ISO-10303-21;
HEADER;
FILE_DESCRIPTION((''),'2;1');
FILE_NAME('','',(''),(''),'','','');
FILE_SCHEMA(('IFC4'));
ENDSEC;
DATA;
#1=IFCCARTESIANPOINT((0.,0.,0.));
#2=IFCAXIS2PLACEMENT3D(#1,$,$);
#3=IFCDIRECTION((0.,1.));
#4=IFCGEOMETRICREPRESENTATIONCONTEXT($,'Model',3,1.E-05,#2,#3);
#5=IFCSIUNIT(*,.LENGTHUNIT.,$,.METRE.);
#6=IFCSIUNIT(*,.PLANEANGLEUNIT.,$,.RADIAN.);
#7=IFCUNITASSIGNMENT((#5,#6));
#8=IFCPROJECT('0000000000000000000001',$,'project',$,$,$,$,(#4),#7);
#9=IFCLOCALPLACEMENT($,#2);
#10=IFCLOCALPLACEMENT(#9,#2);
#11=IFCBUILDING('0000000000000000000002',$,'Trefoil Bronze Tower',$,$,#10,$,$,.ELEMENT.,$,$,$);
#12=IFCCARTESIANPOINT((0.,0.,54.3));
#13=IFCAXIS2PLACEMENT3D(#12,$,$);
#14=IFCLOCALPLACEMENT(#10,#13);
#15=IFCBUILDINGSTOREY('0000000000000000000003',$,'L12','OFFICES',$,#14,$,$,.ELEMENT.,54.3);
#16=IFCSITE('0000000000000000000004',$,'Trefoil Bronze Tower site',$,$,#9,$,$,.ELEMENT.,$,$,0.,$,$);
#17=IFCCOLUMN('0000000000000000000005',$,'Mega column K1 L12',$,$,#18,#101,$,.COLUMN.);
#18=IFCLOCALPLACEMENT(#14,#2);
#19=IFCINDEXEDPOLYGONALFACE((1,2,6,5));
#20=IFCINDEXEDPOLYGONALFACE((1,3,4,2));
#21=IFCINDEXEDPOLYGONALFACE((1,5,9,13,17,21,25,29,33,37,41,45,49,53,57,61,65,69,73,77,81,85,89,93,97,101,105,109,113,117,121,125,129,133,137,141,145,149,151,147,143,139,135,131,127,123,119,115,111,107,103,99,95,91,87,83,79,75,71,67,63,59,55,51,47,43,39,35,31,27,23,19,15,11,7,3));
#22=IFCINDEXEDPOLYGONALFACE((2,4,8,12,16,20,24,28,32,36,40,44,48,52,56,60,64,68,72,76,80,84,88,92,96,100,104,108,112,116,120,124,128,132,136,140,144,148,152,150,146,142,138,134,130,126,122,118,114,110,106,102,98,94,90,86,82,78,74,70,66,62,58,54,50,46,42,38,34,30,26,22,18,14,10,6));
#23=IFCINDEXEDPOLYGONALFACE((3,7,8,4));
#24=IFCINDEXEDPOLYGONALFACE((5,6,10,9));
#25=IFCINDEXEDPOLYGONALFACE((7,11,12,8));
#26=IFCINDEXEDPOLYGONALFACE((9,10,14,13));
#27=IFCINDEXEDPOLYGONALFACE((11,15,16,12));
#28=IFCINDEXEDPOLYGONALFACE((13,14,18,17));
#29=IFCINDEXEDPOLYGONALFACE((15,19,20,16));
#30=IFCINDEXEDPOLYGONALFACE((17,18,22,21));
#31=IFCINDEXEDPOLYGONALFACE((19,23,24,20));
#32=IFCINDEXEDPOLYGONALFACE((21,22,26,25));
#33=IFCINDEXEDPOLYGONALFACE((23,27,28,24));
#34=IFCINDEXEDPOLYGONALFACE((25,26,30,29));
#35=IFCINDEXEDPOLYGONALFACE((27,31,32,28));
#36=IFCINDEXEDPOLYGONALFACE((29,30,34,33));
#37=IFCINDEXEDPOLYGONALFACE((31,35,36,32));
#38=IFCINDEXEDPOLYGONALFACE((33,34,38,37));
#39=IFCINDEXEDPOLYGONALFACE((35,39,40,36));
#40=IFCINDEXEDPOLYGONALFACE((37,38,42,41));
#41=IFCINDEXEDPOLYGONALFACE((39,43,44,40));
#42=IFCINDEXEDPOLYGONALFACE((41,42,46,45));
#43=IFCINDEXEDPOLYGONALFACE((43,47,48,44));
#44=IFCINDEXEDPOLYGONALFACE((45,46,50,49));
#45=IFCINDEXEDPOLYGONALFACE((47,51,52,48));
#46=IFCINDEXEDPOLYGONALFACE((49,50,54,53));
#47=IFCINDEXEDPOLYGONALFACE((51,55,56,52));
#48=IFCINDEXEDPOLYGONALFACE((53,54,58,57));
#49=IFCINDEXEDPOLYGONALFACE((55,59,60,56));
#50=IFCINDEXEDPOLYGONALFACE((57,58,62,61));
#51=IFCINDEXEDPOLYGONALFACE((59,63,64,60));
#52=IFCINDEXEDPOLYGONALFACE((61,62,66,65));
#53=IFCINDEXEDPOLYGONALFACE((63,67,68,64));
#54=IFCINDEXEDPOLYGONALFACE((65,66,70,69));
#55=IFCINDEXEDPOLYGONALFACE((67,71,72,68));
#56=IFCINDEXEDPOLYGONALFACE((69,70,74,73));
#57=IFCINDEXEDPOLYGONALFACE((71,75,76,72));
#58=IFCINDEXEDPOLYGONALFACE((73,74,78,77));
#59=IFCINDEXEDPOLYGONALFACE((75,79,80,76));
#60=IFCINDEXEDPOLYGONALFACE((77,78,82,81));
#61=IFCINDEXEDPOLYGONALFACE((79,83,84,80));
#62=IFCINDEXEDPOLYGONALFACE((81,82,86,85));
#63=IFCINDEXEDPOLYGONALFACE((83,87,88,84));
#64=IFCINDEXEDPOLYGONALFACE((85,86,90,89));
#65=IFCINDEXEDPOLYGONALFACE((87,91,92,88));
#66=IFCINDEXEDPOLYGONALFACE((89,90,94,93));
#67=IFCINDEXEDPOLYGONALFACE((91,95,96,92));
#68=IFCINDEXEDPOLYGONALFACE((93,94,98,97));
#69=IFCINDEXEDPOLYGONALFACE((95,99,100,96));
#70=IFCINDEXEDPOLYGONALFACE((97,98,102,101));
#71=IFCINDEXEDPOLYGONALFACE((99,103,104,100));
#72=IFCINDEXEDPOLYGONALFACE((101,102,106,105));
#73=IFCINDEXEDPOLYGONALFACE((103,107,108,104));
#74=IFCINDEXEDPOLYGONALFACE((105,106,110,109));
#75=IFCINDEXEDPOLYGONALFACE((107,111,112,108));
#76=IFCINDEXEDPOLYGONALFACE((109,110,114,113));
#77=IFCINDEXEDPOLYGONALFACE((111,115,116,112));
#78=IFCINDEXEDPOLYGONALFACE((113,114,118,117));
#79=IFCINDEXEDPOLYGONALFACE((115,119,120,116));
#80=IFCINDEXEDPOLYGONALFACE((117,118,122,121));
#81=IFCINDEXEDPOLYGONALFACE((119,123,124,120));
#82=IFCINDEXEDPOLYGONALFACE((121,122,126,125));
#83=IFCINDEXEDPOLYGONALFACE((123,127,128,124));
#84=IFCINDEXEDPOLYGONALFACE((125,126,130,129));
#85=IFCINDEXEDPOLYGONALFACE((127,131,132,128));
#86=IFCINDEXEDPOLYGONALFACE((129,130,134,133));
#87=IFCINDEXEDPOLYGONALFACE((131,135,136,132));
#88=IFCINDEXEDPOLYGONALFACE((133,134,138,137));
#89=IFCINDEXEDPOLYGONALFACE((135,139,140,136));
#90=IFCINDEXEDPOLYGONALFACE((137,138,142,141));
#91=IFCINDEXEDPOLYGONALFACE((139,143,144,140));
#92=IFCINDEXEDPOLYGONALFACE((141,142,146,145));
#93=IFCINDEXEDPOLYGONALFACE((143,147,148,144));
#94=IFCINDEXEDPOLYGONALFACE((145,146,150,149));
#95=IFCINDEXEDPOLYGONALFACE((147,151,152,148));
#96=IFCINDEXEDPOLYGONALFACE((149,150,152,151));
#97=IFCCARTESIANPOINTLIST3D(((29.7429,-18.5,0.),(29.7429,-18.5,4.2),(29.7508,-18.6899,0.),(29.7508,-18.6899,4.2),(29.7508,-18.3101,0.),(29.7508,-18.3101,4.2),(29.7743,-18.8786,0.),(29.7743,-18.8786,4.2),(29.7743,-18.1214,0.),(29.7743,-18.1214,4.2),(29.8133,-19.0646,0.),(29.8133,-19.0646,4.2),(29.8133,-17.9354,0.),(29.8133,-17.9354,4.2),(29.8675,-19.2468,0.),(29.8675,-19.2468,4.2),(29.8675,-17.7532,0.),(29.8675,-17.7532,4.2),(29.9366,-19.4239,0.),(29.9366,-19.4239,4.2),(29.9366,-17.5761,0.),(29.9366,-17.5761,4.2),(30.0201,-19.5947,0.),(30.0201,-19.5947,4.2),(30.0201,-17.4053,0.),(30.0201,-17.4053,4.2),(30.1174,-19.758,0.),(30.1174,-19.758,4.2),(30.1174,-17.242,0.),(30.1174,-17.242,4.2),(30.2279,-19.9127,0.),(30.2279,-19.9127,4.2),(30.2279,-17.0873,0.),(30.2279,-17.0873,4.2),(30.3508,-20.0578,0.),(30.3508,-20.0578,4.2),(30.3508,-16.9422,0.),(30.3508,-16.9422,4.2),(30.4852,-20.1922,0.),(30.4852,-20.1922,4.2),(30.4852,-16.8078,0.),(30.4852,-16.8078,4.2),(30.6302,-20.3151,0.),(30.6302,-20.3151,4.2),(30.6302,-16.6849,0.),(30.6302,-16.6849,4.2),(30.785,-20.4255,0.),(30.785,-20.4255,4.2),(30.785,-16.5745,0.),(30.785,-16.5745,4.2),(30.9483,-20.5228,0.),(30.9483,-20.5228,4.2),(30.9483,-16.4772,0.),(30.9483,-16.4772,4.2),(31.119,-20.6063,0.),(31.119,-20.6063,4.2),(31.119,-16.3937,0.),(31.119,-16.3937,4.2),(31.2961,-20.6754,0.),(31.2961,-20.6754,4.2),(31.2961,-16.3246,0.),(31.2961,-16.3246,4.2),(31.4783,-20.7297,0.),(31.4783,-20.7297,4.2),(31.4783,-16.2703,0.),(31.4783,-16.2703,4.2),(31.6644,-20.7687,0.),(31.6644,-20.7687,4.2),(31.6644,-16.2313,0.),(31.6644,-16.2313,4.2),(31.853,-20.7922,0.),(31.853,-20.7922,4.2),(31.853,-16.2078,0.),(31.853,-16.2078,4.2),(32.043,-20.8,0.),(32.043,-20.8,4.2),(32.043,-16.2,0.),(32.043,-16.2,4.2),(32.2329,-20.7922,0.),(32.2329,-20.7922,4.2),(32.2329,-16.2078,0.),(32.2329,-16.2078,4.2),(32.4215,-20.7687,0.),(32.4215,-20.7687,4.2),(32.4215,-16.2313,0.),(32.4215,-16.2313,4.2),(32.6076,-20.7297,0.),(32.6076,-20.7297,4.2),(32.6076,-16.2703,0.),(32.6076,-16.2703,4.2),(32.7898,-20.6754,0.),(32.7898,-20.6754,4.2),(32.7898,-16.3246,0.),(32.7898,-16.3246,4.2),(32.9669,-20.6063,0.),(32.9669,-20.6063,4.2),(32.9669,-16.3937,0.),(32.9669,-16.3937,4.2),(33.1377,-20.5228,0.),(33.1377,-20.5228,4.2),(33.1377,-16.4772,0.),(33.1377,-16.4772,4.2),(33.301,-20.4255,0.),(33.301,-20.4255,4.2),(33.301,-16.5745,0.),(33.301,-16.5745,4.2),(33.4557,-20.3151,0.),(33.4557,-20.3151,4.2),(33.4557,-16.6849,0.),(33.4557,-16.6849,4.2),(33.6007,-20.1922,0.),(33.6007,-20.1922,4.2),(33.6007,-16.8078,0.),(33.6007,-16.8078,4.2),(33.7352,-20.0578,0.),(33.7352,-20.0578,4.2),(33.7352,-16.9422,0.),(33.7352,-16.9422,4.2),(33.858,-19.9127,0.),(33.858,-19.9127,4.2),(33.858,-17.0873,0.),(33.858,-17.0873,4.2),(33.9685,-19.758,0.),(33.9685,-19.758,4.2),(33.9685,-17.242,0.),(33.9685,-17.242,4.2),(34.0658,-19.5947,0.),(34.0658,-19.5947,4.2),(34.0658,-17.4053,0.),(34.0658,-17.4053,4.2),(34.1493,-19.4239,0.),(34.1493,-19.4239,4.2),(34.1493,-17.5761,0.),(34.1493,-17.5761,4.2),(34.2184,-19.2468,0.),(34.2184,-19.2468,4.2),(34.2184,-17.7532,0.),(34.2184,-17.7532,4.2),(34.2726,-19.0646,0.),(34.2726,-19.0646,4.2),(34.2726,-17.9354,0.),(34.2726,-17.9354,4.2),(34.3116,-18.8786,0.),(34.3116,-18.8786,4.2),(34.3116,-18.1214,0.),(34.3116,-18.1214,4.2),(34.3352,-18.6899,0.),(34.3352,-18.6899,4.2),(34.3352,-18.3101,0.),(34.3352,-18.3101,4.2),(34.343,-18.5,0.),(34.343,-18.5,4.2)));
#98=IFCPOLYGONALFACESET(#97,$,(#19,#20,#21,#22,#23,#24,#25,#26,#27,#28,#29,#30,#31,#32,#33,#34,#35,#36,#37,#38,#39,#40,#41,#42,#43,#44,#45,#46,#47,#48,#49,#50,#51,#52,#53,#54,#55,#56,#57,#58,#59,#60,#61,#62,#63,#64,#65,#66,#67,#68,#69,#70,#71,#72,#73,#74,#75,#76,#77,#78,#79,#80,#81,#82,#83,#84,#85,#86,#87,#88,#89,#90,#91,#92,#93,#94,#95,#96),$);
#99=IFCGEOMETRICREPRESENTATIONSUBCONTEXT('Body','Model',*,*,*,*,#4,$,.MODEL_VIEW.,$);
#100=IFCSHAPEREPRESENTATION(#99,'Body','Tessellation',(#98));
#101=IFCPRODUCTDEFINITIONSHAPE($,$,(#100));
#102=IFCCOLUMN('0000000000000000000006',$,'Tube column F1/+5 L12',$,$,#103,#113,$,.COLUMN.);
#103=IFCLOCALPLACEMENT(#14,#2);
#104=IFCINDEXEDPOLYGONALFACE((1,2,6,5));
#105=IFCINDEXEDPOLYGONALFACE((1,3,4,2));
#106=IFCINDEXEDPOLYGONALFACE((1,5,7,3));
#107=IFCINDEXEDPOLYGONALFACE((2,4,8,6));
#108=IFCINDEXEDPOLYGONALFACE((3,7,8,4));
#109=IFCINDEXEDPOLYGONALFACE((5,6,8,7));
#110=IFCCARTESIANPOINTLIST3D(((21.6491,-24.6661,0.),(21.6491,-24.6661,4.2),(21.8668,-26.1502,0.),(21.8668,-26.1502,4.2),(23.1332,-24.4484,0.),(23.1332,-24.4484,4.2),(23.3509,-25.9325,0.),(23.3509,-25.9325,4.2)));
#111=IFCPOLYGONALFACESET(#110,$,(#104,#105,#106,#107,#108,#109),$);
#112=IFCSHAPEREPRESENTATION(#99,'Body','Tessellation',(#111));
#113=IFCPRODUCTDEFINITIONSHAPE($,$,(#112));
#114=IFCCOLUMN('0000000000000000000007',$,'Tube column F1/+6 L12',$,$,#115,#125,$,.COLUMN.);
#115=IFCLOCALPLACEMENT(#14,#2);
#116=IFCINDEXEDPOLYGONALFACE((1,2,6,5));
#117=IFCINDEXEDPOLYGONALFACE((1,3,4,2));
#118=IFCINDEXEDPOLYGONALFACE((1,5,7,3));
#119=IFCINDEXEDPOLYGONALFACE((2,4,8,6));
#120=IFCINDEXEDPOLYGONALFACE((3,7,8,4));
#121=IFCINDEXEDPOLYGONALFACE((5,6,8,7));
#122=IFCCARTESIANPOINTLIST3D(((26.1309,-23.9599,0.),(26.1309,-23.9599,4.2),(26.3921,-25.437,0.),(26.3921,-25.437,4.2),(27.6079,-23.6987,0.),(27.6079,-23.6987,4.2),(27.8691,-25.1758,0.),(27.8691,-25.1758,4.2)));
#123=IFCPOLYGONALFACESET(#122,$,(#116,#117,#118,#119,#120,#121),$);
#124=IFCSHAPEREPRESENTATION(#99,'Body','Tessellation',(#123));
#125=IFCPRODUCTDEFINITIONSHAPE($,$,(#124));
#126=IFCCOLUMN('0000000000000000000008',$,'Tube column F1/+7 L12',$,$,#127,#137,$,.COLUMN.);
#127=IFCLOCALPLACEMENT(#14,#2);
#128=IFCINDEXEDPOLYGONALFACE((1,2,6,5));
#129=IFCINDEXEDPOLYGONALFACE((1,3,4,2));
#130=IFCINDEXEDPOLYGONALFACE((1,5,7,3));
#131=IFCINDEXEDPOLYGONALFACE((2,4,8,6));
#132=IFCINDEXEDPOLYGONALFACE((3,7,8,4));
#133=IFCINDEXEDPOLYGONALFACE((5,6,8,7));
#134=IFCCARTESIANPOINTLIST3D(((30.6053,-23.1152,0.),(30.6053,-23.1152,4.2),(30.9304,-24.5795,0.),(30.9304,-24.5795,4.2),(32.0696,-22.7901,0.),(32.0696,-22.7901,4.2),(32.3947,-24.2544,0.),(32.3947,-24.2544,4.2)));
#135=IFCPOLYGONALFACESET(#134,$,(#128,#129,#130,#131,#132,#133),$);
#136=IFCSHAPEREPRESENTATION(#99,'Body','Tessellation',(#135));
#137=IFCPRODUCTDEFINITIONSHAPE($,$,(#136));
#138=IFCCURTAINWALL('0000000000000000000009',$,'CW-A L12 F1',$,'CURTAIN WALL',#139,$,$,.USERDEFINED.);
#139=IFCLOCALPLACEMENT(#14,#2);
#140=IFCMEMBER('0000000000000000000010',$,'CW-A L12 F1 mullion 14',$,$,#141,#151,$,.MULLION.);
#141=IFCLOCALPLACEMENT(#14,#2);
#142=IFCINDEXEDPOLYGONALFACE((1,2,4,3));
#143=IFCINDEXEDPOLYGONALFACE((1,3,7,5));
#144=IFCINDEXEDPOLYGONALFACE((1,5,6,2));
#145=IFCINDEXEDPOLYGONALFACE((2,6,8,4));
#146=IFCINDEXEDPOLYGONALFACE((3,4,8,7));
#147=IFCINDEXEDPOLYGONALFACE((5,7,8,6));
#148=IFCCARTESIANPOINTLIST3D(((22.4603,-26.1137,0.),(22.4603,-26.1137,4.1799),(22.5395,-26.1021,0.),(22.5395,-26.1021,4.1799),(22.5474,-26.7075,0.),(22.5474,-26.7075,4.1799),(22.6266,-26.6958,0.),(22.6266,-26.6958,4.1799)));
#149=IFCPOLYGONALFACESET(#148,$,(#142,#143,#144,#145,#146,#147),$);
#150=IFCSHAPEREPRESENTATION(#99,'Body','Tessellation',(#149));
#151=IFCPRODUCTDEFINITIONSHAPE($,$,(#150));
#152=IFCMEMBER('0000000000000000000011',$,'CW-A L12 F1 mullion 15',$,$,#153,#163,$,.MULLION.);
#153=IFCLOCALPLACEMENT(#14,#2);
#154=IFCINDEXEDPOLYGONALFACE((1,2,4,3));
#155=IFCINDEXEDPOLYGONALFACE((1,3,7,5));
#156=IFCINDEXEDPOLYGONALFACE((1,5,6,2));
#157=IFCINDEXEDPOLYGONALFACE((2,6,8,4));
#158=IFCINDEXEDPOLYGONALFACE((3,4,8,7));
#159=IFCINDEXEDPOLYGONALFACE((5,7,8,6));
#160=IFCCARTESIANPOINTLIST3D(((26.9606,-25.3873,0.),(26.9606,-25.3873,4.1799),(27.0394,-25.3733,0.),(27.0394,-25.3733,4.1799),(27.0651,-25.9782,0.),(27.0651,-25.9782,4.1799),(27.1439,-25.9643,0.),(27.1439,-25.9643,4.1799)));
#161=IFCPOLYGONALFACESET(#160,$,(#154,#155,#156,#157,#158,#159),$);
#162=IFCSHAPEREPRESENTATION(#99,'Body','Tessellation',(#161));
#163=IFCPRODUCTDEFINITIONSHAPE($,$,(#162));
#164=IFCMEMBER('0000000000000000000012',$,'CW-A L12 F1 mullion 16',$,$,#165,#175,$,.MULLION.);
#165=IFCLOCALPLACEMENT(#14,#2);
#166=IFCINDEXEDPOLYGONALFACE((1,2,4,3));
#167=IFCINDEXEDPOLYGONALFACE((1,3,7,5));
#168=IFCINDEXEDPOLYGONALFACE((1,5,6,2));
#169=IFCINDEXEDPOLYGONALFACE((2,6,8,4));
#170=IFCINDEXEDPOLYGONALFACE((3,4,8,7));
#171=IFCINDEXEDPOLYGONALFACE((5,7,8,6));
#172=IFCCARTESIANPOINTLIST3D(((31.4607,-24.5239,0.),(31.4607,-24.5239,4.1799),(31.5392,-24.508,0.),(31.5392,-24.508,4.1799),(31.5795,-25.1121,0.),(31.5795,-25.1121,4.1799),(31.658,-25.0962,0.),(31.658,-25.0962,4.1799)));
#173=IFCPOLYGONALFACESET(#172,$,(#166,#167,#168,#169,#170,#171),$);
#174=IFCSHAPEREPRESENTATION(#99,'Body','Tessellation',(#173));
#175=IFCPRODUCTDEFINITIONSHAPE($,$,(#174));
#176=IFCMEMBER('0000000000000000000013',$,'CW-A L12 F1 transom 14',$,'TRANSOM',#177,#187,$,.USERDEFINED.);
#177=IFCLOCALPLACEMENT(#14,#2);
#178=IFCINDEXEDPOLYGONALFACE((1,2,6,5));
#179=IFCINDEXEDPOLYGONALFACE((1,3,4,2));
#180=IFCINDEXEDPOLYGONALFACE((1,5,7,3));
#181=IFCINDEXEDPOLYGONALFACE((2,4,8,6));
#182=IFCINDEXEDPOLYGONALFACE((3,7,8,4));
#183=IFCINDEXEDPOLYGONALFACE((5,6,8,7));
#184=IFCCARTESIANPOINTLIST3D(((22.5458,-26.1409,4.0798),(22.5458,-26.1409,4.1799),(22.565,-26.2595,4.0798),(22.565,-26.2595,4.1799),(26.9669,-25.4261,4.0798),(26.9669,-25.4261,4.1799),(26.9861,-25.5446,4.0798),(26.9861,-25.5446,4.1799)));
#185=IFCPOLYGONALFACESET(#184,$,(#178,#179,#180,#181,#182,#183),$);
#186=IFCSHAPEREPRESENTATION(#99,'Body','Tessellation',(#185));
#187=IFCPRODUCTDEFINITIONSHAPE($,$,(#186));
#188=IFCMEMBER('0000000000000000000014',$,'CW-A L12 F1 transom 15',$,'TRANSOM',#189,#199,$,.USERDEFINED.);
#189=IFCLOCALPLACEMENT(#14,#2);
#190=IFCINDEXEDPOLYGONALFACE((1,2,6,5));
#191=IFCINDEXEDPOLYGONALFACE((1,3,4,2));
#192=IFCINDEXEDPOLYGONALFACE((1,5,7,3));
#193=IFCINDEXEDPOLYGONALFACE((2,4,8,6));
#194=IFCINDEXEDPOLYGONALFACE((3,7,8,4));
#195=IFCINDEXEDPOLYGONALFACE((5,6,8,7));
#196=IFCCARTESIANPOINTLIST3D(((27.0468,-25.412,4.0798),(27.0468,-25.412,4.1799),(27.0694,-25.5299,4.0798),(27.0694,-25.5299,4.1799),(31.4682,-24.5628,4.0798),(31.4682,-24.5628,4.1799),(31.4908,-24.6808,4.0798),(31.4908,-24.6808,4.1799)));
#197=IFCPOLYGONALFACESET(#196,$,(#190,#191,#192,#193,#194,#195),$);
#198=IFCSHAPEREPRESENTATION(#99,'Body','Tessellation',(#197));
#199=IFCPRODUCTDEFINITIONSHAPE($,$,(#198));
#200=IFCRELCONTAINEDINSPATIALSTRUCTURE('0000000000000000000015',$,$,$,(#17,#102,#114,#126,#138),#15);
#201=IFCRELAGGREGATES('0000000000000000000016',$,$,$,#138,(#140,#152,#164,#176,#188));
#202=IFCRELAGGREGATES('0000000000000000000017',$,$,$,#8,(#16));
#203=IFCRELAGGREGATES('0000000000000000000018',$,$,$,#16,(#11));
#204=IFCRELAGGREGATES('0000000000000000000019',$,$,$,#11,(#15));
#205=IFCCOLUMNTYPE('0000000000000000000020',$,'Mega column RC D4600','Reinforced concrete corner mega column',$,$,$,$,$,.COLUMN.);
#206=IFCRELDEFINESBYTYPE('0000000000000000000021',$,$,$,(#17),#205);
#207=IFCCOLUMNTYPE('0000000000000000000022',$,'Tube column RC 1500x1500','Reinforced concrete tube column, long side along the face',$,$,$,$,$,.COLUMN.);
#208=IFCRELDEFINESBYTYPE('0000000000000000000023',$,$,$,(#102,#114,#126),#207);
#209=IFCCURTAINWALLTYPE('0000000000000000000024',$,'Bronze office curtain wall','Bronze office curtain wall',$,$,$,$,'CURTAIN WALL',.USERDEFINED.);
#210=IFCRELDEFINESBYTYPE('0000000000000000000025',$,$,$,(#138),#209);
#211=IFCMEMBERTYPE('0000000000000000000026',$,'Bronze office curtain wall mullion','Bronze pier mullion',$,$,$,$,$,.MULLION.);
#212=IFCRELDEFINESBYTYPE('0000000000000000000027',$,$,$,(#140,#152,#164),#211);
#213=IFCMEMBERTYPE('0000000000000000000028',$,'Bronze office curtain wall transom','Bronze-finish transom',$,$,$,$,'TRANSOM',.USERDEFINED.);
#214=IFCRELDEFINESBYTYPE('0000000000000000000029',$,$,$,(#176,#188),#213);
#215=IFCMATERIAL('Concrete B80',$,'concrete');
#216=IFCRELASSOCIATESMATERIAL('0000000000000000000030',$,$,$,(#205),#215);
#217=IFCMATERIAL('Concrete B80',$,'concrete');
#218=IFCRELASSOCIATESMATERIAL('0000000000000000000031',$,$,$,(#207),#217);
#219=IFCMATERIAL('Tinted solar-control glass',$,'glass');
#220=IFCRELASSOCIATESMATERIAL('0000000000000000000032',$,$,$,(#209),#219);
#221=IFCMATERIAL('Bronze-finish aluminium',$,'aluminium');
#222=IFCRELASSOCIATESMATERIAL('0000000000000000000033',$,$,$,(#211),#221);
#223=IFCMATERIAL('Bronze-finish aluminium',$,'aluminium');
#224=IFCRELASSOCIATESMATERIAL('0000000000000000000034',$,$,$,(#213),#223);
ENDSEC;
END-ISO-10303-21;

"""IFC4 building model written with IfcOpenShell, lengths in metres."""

from ifc_helpers import new_model, si_unit, direction, frame, origin, origin_2d, place, context, subcontext, project, spatial, rectangle, circle, extrude, material, material_profile, profile_set, type_object, element, aggregate, save


model = new_model("IFC4")

# Units and contexts
model_context = context("Model", 3, precision=1e-05, world=origin(), true_north=direction((0.0, 1.0)))
body_context = subcontext(model_context, "Body", "Model", "MODEL_VIEW")
ifc_project = project(units=[si_unit("LENGTHUNIT", "METRE"), si_unit("PLANEANGLEUNIT", "RADIAN")], contexts=[model_context])

# Site, building, storey
site_placement = place(None, origin())
site = spatial("IfcSite", under=ifc_project, at=site_placement, Name="Trefoil Bronze Tower site", CompositionType="ELEMENT", RefElevation=0.0)
building_placement = place(site_placement, origin())
building = spatial("IfcBuilding", under=site, at=building_placement, Name="Trefoil Bronze Tower", CompositionType="ELEMENT")
storey_placement = place(building_placement, frame((0.0, 0.0, 54.3)))
storey = spatial("IfcBuildingStorey", under=building, at=storey_placement, Name="L12", Description="OFFICES", CompositionType="ELEMENT", Elevation=54.3)

# Columns
ifc_material_1 = material(Name="Concrete B80", Category="concrete")
ifc_material_profile_1 = material_profile(ifc_material_1, circle(Radius=2.3, at=origin_2d()), Name="RC D4600")
ifc_profile_set_1 = profile_set([ifc_material_profile_1], Name="Concrete B80")
column_type_1 = type_object("IfcColumnType", Name="Mega column RC D4600", Description="Reinforced concrete corner mega column", PredefinedType="COLUMN", material=ifc_profile_set_1)
column_placement = place(storey_placement, frame((32.043, -18.5, 0.0), z_axis=(0.0, 0.0, 1.0), x_axis=(1.0, 0.0, 0.0)))
element("IfcColumn", 1, at=column_placement, inside=storey, type_object=column_type_1, Name="Mega column K1 L12", PredefinedType="COLUMN", context=body_context, shape_type="SweptSolid", body=[
    extrude(circle(Radius=2.3, at=origin_2d()), origin(), (0.0, 0.0, 1.0), 4.2),
])
ifc_material_2 = material(Name="Concrete B80", Category="concrete")
ifc_material_profile_2 = material_profile(ifc_material_2, rectangle(XDim=1.5, YDim=1.5, at=origin_2d()), Name="RC 1500x1500")
ifc_profile_set_2 = profile_set([ifc_material_profile_2], Name="Concrete B80")
column_type_2 = type_object("IfcColumnType", Name="Tube column RC 1500x1500", Description="Reinforced concrete tube column, long side along the face", PredefinedType="COLUMN", material=ifc_profile_set_2)
for number, where, z_axis, x_axis, name in (
    (2, (22.5, -25.2993, 0.0), (0.0, 0.0, 1.0), (0.989416, 0.145109, 0.0), "Tube column F1/+5 L12"),
    (3, (27.0, -24.5679, 0.0), (0.0, 0.0, 1.0), (0.984722, 0.174131, 0.0), "Tube column F1/+6 L12"),
    (4, (31.5, -23.6848, 0.0), (0.0, 0.0, 1.0), (0.97623, 0.216739, 0.0), "Tube column F1/+7 L12"),
):
    element("IfcColumn", number, at=place(storey_placement, frame(where, z_axis=z_axis, x_axis=x_axis)), inside=storey, type_object=column_type_2, Name=name, PredefinedType="COLUMN", context=body_context, shape_type="SweptSolid", body=[
        extrude(rectangle(XDim=1.5, YDim=1.5, at=origin_2d()), origin(), (0.0, 0.0, 1.0), 4.2),
    ])

# Curtain wall, members
ifc_material_3 = material(Name="Tinted solar-control glass", Category="glass")
curtain_wall_type_1 = type_object("IfcCurtainWallType", Name="Bronze office curtain wall", Description="Bronze office curtain wall", ElementType="CURTAIN WALL", PredefinedType="USERDEFINED", material=ifc_material_3)
curtain_wall_1_placement = place(storey_placement, origin())
curtain_wall_1 = element("IfcCurtainWall", 5, at=curtain_wall_1_placement, inside=storey, type_object=curtain_wall_type_1, Name="CW-A L12 F1", ObjectType="CURTAIN WALL", PredefinedType="USERDEFINED")
ifc_material_4 = material(Name="Bronze-finish aluminium", Category="aluminium")
ifc_material_profile_3 = material_profile(ifc_material_4, rectangle(XDim=0.6001, YDim=0.0801, at=origin_2d()), Name="CW-A mullion")
ifc_profile_set_3 = profile_set([ifc_material_profile_3], Name="Bronze-finish aluminium")
member_type_1 = type_object("IfcMemberType", Name="Bronze office curtain wall mullion", Description="Bronze pier mullion", PredefinedType="MULLION", material=ifc_profile_set_3)
member_1_placement = place(storey_placement, frame((22.5435, -26.4048, 0.0), z_axis=(0.0, 0.0, 1.0), x_axis=(-0.145109, 0.989416, 0.0)))
member_1 = element("IfcMember", 6, at=member_1_placement, type_object=member_type_1, Name="CW-A L12 F1 mullion 14", PredefinedType="MULLION", context=body_context, shape_type="SweptSolid", body=[
    extrude(rectangle(XDim=0.6001, YDim=0.0801, at=origin_2d()), origin(), (0.0, 0.0, 1.0), 4.1799),
])
member_2_placement = place(storey_placement, frame((27.0522, -25.6758, 0.0), z_axis=(0.0, 0.0, 1.0), x_axis=(-0.174131, 0.984722, 0.0)))
member_2 = element("IfcMember", 7, at=member_2_placement, type_object=member_type_1, Name="CW-A L12 F1 mullion 15", PredefinedType="MULLION", context=body_context, shape_type="SweptSolid", body=[
    extrude(rectangle(XDim=0.6001, YDim=0.0801, at=origin_2d()), origin(), (0.0, 0.0, 1.0), 4.1799),
])
member_3_placement = place(storey_placement, frame((31.5593, -24.8101, 0.0), z_axis=(0.0, 0.0, 1.0), x_axis=(-0.19791, 0.98022, 0.0)))
member_3 = element("IfcMember", 8, at=member_3_placement, type_object=member_type_1, Name="CW-A L12 F1 mullion 16", PredefinedType="MULLION", context=body_context, shape_type="SweptSolid", body=[
    extrude(rectangle(XDim=0.6001, YDim=0.0801, at=origin_2d()), origin(), (0.0, 0.0, 1.0), 4.1799),
])
ifc_material_5 = material(Name="Bronze-finish aluminium", Category="aluminium")
ifc_material_profile_4 = material_profile(ifc_material_5, rectangle(XDim=0.1201, YDim=0.1001, at=origin_2d()), Name="CW-A transom")
ifc_profile_set_4 = profile_set([ifc_material_profile_4], Name="Bronze-finish aluminium")
member_type_2 = type_object("IfcMemberType", Name="Bronze office curtain wall transom", Description="Bronze-finish transom", ElementType="TRANSOM", PredefinedType="USERDEFINED", material=ifc_profile_set_4)
member_4_placement = place(storey_placement, frame((22.5554, -26.2002, 4.1299), z_axis=(0.987179, 0.159615, 0.0), x_axis=(-0.159615, 0.987179, 0.0)))
member_4 = element("IfcMember", 9, at=member_4_placement, type_object=member_type_2, Name="CW-A L12 F1 transom 14", ObjectType="TRANSOM", PredefinedType="USERDEFINED", context=body_context, shape_type="SweptSolid", body=[
    extrude(rectangle(XDim=0.1201, YDim=0.1001, at=origin_2d()), origin(), (0.0, 0.0, 1.0), 4.4785),
])
member_5_placement = place(storey_placement, frame((27.0581, -25.4709, 4.1299), z_axis=(0.982054, 0.188602, 0.0), x_axis=(-0.188602, 0.982054, 0.0)))
member_5 = element("IfcMember", 10, at=member_5_placement, type_object=member_type_2, Name="CW-A L12 F1 transom 15", ObjectType="TRANSOM", PredefinedType="USERDEFINED", context=body_context, shape_type="SweptSolid", body=[
    extrude(rectangle(XDim=0.1201, YDim=0.1001, at=origin_2d()), origin(), (0.0, 0.0, 1.0), 4.5022),
])

aggregate(curtain_wall_1, [member_1, member_2, member_3, member_4, member_5])

save(model, "model.ifc")
